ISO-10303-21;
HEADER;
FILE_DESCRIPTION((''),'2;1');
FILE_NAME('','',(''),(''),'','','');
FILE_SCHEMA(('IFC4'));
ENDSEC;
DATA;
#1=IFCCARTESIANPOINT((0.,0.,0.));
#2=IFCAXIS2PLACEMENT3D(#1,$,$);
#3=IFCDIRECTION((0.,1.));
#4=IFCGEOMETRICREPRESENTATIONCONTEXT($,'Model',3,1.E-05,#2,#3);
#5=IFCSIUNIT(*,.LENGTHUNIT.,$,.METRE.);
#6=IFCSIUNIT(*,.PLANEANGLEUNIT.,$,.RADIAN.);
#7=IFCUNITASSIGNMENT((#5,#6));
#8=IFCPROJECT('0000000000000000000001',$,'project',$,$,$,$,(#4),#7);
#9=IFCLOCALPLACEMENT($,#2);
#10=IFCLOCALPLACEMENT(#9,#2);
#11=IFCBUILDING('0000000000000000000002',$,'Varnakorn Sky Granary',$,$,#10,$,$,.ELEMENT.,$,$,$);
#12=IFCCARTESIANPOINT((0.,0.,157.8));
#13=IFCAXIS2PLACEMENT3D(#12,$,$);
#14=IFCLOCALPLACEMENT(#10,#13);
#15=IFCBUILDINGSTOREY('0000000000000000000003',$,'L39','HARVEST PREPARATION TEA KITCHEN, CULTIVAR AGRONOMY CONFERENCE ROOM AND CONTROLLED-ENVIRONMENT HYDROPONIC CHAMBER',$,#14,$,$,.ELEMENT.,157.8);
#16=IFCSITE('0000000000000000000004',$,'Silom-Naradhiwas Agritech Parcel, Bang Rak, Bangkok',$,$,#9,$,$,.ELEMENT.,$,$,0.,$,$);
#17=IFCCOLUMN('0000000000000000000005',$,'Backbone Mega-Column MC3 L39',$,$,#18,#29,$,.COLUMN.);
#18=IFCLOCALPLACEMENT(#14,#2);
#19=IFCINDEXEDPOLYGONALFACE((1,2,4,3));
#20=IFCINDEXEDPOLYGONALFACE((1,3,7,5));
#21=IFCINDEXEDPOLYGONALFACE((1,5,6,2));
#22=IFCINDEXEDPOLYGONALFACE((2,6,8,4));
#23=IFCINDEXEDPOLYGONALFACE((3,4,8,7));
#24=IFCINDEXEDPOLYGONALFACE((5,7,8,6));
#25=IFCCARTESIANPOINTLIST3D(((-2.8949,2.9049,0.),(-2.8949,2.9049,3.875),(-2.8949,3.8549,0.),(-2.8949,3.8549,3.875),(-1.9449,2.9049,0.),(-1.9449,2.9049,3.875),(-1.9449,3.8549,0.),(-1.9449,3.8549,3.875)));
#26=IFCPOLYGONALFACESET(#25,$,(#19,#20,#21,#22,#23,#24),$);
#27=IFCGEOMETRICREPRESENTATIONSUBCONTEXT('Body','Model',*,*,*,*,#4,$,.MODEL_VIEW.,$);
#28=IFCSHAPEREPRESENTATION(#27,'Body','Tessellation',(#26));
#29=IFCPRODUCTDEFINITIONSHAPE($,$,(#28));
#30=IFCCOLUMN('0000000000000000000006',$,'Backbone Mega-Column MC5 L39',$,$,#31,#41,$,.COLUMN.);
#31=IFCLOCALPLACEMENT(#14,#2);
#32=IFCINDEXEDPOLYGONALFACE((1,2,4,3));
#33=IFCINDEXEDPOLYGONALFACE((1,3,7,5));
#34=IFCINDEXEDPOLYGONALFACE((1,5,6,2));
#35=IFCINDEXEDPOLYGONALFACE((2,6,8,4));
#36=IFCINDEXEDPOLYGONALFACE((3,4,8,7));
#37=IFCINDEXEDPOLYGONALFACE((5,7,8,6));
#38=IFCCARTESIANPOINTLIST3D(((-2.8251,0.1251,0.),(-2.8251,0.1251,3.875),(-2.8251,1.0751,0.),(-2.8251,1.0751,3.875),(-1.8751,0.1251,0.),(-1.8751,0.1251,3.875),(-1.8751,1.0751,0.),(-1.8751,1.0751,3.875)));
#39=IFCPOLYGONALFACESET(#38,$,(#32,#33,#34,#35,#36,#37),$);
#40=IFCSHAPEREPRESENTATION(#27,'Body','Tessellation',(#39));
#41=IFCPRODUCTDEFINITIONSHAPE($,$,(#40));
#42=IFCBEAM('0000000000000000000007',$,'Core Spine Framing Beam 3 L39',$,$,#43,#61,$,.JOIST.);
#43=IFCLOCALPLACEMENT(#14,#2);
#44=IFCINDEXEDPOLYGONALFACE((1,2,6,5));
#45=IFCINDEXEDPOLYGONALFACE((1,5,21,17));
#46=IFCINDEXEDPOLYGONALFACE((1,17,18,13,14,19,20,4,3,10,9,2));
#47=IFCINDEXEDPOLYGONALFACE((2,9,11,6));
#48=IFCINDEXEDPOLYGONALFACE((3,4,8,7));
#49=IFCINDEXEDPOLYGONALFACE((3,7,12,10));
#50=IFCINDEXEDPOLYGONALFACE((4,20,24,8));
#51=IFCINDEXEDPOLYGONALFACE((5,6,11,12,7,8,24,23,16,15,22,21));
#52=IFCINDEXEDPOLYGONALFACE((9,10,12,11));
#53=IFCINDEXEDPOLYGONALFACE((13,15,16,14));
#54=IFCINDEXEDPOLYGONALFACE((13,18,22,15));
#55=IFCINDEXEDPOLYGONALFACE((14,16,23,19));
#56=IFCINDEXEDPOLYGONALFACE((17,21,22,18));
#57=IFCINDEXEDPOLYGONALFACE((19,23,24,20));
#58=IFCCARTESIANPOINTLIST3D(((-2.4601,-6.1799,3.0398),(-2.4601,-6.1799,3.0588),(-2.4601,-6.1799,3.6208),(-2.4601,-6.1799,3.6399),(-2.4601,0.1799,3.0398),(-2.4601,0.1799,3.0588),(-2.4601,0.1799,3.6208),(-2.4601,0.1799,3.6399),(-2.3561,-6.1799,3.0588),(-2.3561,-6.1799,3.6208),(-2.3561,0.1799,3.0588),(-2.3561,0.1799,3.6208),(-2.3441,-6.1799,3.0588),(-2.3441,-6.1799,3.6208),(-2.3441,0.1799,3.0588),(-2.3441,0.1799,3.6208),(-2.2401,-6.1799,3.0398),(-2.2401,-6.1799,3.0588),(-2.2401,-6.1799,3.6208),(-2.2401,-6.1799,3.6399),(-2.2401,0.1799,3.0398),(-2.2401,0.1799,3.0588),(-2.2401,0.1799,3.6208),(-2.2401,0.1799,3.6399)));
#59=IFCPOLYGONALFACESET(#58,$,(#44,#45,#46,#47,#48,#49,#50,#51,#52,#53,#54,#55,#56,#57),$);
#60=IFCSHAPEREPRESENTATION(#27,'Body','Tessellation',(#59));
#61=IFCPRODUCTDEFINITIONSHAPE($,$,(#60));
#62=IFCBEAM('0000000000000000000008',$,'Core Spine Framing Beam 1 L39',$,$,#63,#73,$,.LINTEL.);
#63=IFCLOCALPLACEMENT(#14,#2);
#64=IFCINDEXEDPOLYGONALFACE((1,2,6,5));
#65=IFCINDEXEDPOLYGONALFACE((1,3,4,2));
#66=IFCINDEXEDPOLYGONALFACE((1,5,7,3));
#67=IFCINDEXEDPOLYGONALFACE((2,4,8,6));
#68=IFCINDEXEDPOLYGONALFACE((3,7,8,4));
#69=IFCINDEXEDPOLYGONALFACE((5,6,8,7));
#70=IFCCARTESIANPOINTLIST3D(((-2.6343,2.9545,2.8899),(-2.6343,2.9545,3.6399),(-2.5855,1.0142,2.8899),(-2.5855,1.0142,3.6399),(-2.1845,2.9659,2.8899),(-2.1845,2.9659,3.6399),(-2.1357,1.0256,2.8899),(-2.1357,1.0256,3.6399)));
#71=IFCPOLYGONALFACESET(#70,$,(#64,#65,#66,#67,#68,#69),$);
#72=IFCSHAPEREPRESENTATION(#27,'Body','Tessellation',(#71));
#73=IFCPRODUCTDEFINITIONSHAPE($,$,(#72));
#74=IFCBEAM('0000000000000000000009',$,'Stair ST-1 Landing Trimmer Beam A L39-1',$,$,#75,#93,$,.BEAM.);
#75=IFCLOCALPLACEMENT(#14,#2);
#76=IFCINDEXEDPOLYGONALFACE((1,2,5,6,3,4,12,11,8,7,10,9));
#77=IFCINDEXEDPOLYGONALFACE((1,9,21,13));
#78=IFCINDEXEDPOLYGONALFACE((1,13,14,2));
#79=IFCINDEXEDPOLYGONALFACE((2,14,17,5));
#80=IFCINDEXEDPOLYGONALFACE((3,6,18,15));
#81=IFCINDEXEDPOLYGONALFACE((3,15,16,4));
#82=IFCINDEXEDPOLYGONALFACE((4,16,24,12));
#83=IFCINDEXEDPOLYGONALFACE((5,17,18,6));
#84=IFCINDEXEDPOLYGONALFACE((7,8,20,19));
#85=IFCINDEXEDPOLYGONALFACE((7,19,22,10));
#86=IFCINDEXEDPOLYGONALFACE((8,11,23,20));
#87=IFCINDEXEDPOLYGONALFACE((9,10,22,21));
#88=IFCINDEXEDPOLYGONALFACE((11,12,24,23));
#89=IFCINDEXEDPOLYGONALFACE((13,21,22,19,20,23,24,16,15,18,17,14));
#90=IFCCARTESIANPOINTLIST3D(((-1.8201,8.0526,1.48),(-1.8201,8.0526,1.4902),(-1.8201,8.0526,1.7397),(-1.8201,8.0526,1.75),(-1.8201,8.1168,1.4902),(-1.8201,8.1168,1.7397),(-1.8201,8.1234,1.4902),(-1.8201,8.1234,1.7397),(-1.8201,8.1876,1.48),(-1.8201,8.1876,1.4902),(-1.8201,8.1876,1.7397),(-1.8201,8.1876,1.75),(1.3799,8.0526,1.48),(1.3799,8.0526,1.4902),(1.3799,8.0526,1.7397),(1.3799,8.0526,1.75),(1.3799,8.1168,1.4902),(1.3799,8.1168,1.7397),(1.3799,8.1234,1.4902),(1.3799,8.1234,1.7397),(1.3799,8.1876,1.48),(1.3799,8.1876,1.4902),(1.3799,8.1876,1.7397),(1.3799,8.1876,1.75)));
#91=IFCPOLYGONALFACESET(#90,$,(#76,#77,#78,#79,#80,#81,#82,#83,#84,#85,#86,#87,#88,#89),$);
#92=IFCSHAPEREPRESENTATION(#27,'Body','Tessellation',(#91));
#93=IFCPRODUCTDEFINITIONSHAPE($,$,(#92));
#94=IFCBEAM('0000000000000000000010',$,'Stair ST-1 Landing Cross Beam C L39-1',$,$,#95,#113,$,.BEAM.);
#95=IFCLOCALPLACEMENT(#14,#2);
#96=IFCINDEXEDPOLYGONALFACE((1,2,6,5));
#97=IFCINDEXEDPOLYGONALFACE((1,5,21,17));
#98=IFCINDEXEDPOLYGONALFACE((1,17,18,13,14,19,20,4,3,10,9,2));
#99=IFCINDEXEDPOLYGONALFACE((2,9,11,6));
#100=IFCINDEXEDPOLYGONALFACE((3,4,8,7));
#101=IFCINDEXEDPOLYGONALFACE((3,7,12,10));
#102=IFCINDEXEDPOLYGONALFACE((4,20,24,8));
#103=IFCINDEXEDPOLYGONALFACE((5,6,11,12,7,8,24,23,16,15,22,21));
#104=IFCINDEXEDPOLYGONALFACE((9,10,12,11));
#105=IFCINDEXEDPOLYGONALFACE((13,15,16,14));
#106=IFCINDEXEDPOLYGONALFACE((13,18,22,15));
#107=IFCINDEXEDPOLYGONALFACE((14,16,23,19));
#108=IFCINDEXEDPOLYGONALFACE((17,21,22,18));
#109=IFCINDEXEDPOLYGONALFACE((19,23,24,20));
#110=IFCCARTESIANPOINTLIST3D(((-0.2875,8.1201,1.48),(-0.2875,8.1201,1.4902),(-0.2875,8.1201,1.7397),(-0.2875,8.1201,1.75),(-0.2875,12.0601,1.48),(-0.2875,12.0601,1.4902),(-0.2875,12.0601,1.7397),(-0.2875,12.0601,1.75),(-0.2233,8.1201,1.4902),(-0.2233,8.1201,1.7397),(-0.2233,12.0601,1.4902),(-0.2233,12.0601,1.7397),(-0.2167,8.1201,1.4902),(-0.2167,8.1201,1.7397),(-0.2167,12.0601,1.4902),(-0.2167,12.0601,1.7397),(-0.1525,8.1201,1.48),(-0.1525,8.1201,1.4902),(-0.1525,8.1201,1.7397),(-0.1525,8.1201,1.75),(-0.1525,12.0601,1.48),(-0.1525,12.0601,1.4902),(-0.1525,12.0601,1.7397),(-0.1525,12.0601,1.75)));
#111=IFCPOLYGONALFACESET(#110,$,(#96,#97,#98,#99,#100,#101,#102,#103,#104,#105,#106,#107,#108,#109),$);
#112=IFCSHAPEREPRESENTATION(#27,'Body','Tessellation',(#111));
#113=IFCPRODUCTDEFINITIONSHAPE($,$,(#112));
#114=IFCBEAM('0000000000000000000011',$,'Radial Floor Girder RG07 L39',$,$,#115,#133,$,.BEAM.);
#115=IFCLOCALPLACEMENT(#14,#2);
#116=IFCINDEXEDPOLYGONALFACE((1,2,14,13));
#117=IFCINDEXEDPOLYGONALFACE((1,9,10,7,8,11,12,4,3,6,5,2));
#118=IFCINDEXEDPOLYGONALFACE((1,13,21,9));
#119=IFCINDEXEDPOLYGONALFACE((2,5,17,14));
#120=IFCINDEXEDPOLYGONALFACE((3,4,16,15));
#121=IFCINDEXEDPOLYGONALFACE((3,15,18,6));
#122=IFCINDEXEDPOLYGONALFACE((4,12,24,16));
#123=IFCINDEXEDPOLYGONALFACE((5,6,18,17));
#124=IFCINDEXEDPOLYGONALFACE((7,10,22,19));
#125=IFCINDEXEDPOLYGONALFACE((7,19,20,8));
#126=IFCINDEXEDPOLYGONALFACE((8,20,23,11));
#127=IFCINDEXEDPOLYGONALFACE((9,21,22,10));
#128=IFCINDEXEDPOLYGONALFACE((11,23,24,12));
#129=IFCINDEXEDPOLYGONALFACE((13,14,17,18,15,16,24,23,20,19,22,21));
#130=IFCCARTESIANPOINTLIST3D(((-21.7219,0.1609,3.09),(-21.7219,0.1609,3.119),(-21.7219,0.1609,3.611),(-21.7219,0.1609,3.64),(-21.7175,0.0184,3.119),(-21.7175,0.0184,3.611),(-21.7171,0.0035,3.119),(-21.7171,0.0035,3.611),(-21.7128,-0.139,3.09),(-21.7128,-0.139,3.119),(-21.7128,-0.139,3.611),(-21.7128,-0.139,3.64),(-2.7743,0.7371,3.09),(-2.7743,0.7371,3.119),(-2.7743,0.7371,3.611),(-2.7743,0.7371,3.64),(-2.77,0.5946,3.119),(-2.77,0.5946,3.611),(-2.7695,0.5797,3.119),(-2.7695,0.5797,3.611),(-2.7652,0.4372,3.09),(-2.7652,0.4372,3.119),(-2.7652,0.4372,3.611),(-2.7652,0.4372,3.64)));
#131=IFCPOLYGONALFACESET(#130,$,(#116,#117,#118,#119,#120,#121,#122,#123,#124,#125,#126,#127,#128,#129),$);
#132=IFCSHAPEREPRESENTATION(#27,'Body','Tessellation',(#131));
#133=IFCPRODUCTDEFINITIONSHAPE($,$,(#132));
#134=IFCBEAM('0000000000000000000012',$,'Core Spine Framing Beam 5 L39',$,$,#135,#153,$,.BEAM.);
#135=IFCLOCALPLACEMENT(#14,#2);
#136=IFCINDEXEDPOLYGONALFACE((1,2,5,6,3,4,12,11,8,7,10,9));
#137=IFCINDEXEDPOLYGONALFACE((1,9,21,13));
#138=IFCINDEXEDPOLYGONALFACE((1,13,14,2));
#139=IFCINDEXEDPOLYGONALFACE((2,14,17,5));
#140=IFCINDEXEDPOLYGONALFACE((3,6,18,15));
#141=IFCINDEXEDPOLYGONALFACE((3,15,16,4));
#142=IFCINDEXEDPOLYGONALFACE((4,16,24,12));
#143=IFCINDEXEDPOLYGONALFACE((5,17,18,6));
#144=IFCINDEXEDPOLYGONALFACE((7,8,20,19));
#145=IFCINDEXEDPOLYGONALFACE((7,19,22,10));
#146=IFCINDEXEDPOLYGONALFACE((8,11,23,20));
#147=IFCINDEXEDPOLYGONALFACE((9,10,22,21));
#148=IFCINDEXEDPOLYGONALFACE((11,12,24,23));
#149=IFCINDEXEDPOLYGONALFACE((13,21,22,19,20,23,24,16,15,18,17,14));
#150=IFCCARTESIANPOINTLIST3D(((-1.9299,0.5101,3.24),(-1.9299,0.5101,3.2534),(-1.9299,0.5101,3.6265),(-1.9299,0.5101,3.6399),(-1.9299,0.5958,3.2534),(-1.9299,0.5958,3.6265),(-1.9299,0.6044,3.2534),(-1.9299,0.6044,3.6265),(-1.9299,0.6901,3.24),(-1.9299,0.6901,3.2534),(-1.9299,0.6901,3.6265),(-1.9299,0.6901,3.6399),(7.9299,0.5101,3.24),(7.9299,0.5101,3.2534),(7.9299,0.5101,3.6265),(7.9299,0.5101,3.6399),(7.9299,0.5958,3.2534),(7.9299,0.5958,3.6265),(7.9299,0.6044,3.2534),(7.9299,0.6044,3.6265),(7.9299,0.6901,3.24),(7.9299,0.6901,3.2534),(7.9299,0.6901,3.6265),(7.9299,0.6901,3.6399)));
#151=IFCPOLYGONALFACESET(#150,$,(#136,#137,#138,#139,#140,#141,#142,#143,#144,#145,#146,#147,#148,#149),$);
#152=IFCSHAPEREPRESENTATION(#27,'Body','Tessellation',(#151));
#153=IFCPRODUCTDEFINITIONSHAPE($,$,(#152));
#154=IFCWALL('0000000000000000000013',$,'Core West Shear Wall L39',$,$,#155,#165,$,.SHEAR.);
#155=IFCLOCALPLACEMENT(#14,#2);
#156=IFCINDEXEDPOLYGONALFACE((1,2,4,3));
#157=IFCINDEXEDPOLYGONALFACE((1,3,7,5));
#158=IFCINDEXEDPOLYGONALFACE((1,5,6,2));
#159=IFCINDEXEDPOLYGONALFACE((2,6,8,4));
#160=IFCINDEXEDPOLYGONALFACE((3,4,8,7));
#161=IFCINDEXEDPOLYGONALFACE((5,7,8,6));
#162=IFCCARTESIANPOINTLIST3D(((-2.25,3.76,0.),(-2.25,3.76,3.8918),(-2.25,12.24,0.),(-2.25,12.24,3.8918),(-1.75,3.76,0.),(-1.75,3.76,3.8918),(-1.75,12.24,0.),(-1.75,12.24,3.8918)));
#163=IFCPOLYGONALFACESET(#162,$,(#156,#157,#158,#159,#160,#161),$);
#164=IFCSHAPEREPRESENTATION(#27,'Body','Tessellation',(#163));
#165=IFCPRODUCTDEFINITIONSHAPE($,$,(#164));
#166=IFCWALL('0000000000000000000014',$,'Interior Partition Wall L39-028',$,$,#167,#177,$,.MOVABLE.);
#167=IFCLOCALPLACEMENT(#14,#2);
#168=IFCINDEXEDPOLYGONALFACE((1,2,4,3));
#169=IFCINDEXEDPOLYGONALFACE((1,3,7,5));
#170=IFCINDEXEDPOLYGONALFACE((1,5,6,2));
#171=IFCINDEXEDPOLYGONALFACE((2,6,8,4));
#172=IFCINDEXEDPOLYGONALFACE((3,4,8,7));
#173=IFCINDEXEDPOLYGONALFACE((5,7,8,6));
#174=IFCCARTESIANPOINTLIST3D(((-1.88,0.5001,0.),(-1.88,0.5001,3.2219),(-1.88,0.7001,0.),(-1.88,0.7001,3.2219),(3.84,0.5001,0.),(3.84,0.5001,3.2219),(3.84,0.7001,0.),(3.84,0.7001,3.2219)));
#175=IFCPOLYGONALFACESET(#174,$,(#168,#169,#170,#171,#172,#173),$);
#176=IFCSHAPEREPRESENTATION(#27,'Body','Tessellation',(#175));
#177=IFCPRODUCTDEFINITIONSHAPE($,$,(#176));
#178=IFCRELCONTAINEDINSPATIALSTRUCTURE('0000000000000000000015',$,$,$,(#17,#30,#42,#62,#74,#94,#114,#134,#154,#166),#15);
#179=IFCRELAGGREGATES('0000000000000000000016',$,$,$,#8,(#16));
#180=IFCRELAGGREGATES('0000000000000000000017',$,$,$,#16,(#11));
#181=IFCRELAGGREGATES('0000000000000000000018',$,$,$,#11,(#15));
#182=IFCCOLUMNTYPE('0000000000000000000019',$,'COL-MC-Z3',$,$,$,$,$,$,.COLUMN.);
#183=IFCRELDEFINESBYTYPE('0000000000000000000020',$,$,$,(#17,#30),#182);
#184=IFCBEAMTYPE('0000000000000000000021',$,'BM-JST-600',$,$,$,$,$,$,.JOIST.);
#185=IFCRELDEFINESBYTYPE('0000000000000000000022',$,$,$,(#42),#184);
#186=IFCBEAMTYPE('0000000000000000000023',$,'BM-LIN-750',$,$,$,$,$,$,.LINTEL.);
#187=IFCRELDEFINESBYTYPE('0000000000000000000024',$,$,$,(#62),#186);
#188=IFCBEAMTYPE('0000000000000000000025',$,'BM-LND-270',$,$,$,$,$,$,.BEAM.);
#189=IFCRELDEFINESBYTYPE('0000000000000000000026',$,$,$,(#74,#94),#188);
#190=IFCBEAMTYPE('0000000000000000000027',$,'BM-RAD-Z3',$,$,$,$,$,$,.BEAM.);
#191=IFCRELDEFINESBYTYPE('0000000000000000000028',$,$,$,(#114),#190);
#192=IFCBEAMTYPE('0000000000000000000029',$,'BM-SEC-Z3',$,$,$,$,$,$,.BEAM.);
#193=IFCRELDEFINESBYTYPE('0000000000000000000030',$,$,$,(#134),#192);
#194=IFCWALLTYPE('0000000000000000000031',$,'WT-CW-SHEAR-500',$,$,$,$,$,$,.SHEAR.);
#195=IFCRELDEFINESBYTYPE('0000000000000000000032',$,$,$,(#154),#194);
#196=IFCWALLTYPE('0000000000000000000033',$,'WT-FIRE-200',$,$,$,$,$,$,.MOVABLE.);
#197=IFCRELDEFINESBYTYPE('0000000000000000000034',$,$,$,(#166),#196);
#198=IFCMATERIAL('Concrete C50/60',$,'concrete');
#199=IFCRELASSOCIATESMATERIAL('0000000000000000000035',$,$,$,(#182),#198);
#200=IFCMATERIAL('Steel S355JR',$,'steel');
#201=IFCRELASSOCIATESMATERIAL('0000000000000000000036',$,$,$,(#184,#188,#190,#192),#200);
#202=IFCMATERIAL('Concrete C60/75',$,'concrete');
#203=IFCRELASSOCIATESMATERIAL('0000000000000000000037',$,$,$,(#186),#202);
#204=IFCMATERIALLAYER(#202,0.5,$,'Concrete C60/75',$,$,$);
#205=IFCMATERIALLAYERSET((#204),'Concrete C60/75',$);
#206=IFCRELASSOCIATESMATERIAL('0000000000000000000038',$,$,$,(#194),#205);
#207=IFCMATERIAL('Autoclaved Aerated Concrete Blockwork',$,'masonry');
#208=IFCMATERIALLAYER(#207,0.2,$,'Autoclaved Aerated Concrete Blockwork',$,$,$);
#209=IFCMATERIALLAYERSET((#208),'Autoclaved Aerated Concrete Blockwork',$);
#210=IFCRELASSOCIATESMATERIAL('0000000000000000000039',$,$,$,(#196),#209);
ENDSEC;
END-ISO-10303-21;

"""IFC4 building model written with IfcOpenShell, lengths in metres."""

from ifc_helpers import new_model, si_unit, direction, frame, frame_2d, origin, origin_2d, place, context, subcontext, project, spatial, rectangle, i_section, extrude, material, layer, layer_set, material_profile, profile_set, type_object, element, save


model = new_model("IFC4")

# Units and contexts
model_context = context("Model", 3, precision=1e-05, world=origin(), true_north=direction((0.0, 1.0)))
body_context = subcontext(model_context, "Body", "Model", "MODEL_VIEW")
ifc_project = project(units=[si_unit("LENGTHUNIT", "METRE"), si_unit("PLANEANGLEUNIT", "RADIAN")], contexts=[model_context])

# Site, building, storey
site_placement = place(None, origin())
site = spatial("IfcSite", under=ifc_project, at=site_placement, Name="Silom-Naradhiwas Agritech Parcel, Bang Rak, Bangkok", CompositionType="ELEMENT", RefElevation=0.0)
building_placement = place(site_placement, origin())
building = spatial("IfcBuilding", under=site, at=building_placement, Name="Varnakorn Sky Granary", CompositionType="ELEMENT")
storey_placement = place(building_placement, frame((0.0, 0.0, 157.8)))
storey = spatial("IfcBuildingStorey", under=building, at=storey_placement, Name="L39", Description="HARVEST PREPARATION TEA KITCHEN, CULTIVAR AGRONOMY CONFERENCE ROOM AND CONTROLLED-ENVIRONMENT HYDROPONIC CHAMBER", CompositionType="ELEMENT", Elevation=157.8)

# Columns
ifc_material_1 = material(Name="Concrete C50/60", Category="concrete")
ifc_material_profile_1 = material_profile(ifc_material_1, rectangle(XDim=0.95, YDim=0.95, at=origin_2d()), Name="RC 950x950")
ifc_profile_set_1 = profile_set([ifc_material_profile_1], Name="Concrete C50/60")
column_type = type_object("IfcColumnType", Name="COL-MC-Z3", PredefinedType="COLUMN", material=ifc_profile_set_1)
for number, where, z_axis, x_axis, name in (
    (1, (-2.4199, 3.3799, 0.0), (0.0, 0.0, 1.0), (1.0, 0.0, 0.0), "Backbone Mega-Column MC3 L39"),
    (2, (-2.3501, 0.6001, 0.0), (0.0, 0.0, 1.0), (1.0, 0.0, 0.0), "Backbone Mega-Column MC5 L39"),
):
    element("IfcColumn", number, at=place(storey_placement, frame(where, z_axis=z_axis, x_axis=x_axis)), inside=storey, type_object=column_type, Name=name, PredefinedType="COLUMN", context=body_context, shape_type="SweptSolid", body=[
        extrude(rectangle(XDim=0.95, YDim=0.95, at=origin_2d()), origin(), (0.0, 0.0, 1.0), 3.875),
    ])

# Beams
ifc_material_2 = material(Name="Steel S355JR", Category="steel")
ifc_material_profile_2 = material_profile(ifc_material_2, i_section(OverallWidth=0.22, OverallDepth=0.6001, WebThickness=0.012, FlangeThickness=0.019, at=origin_2d()), Name="IPE 600")
ifc_profile_set_2 = profile_set([ifc_material_profile_2], Name="Steel S355JR")
beam_type_1 = type_object("IfcBeamType", Name="BM-JST-600", PredefinedType="JOIST", material=ifc_profile_set_2)
beam_1_placement = place(storey_placement, frame((-2.3501, 0.1799, 3.3398), z_axis=(0.0, -1.0, 0.0), x_axis=(1.0, 0.0, 0.0)))
element("IfcBeam", 3, at=beam_1_placement, inside=storey, type_object=beam_type_1, Name="Core Spine Framing Beam 3 L39", PredefinedType="JOIST", context=body_context, shape_type="SweptSolid", body=[
    extrude(i_section(OverallWidth=0.22, OverallDepth=0.6001, WebThickness=0.012, FlangeThickness=0.019, at=origin_2d()), origin(), (0.0, 0.0, 1.0), 6.3599),
])
ifc_material_3 = material(Name="Concrete C60/75", Category="concrete")
ifc_material_profile_3 = material_profile(ifc_material_3, rectangle(XDim=0.45, YDim=0.75, at=origin_2d()), Name="RC 450x750")
ifc_profile_set_3 = profile_set([ifc_material_profile_3], Name="Concrete C60/75")
beam_type_2 = type_object("IfcBeamType", Name="BM-LIN-750", PredefinedType="LINTEL", material=ifc_profile_set_3)
beam_2_placement = place(storey_placement, frame((-2.4094, 2.9602, 3.2649), z_axis=(0.025159, -0.999683, 0.0), x_axis=(0.999683, 0.025159, 0.0)))
element("IfcBeam", 4, at=beam_2_placement, inside=storey, type_object=beam_type_2, Name="Core Spine Framing Beam 1 L39", PredefinedType="LINTEL", context=body_context, shape_type="SweptSolid", body=[
    extrude(rectangle(XDim=0.45, YDim=0.75, at=origin_2d()), origin(), (0.0, 0.0, 1.0), 1.9409),
])
ifc_material_profile_4 = material_profile(ifc_material_2, i_section(OverallWidth=0.135, OverallDepth=0.27, WebThickness=0.0066, FlangeThickness=0.0103, at=origin_2d()), Name="IPE 270")
ifc_profile_set_4 = profile_set([ifc_material_profile_4], Name="Steel S355JR")
beam_type_3 = type_object("IfcBeamType", Name="BM-LND-270", PredefinedType="BEAM", material=ifc_profile_set_4)
beam_3_placement = place(storey_placement, frame((-1.8201, 8.1201, 1.615), z_axis=(1.0, 0.0, 0.0), x_axis=(0.0, 1.0, 0.0)))
element("IfcBeam", 5, at=beam_3_placement, inside=storey, type_object=beam_type_3, Name="Stair ST-1 Landing Trimmer Beam A L39-1", PredefinedType="BEAM", context=body_context, shape_type="SweptSolid", body=[
    extrude(i_section(OverallWidth=0.135, OverallDepth=0.27, WebThickness=0.0066, FlangeThickness=0.0103, at=origin_2d()), origin(), (0.0, 0.0, 1.0), 3.2),
])
beam_4_placement = place(storey_placement, frame((-0.22, 8.1201, 1.615), z_axis=(0.0, 1.0, 0.0), x_axis=(-1.0, 0.0, 0.0)))
element("IfcBeam", 6, at=beam_4_placement, inside=storey, type_object=beam_type_3, Name="Stair ST-1 Landing Cross Beam C L39-1", PredefinedType="BEAM", context=body_context, shape_type="SweptSolid", body=[
    extrude(i_section(OverallWidth=0.135, OverallDepth=0.27, WebThickness=0.0066, FlangeThickness=0.0103, at=origin_2d()), origin(), (0.0, 0.0, 1.0), 3.9399),
])
ifc_material_profile_5 = material_profile(ifc_material_2, i_section(OverallWidth=0.3, OverallDepth=0.55, WebThickness=0.0149, FlangeThickness=0.0291, at=origin_2d()), Name="HE 550 B")
ifc_profile_set_5 = profile_set([ifc_material_profile_5], Name="Steel S355JR")
beam_type_4 = type_object("IfcBeamType", Name="BM-RAD-Z3", PredefinedType="BEAM", material=ifc_profile_set_5)
beam_5_placement = place(storey_placement, frame((-2.7698, 0.5872, 3.365), z_axis=(-0.999538, -0.030395, 0.0), x_axis=(0.030395, -0.999538, 0.0)))
element("IfcBeam", 7, at=beam_5_placement, inside=storey, type_object=beam_type_4, Name="Radial Floor Girder RG07 L39", PredefinedType="BEAM", context=body_context, shape_type="SweptSolid", body=[
    extrude(i_section(OverallWidth=0.3, OverallDepth=0.55, WebThickness=0.0149, FlangeThickness=0.0291, at=origin_2d()), origin(), (0.0, 0.0, 1.0), 18.9563),
])
ifc_material_profile_6 = material_profile(ifc_material_2, i_section(OverallWidth=0.1799, OverallDepth=0.3999, WebThickness=0.0085, FlangeThickness=0.0134, at=origin_2d()), Name="IPE 400")
ifc_profile_set_6 = profile_set([ifc_material_profile_6], Name="Steel S355JR")
beam_type_5 = type_object("IfcBeamType", Name="BM-SEC-Z3", PredefinedType="BEAM", material=ifc_profile_set_6)
beam_6_placement = place(storey_placement, frame((-1.9299, 0.6001, 3.4399), z_axis=(1.0, 0.0, 0.0), x_axis=(0.0, 1.0, 0.0)))
element("IfcBeam", 8, at=beam_6_placement, inside=storey, type_object=beam_type_5, Name="Core Spine Framing Beam 5 L39", PredefinedType="BEAM", context=body_context, shape_type="SweptSolid", body=[
    extrude(i_section(OverallWidth=0.1799, OverallDepth=0.3999, WebThickness=0.0085, FlangeThickness=0.0134, at=origin_2d()), origin(), (0.0, 0.0, 1.0), 9.8599),
])

# Shared definitions
ifc_layer_1 = layer(ifc_material_3, 0.5, Name="Concrete C60/75")
ifc_layer_set_1 = layer_set([ifc_layer_1], Name="Concrete C60/75")
wall_type_1 = type_object("IfcWallType", Name="WT-CW-SHEAR-500", PredefinedType="SHEAR", material=ifc_layer_set_1)

# Walls
wall_1_placement = place(storey_placement, frame((-2.0, 3.76, 0.0), z_axis=(0.0, 0.0, 1.0), x_axis=(0.0, 1.0, 0.0)))
element("IfcWall", 9, at=wall_1_placement, inside=storey, type_object=wall_type_1, Name="Core West Shear Wall L39", PredefinedType="SHEAR", context=body_context, shape_type="SweptSolid", body=[
    extrude(rectangle(XDim=8.48, YDim=0.5, at=frame_2d((4.24, 0.0))), origin(), (0.0, 0.0, 1.0), 3.8918),
])
ifc_material_4 = material(Name="Autoclaved Aerated Concrete Blockwork", Category="masonry")
ifc_layer_2 = layer(ifc_material_4, 0.2, Name="Autoclaved Aerated Concrete Blockwork")
ifc_layer_set_2 = layer_set([ifc_layer_2], Name="Autoclaved Aerated Concrete Blockwork")
wall_type_2 = type_object("IfcWallType", Name="WT-FIRE-200", PredefinedType="MOVABLE", material=ifc_layer_set_2)
wall_2_placement = place(storey_placement, frame((-1.8799, 0.6001, 0.0), z_axis=(0.0, 0.0, 1.0), x_axis=(1.0, 0.0, 0.0)))
element("IfcWall", 10, at=wall_2_placement, inside=storey, type_object=wall_type_2, Name="Interior Partition Wall L39-028", PredefinedType="MOVABLE", context=body_context, shape_type="SweptSolid", body=[
    extrude(rectangle(XDim=5.72, YDim=0.2, at=frame_2d((2.8599, 0.0))), origin(), (0.0, 0.0, 1.0), 3.2219),
])

save(model, "model.ifc")
